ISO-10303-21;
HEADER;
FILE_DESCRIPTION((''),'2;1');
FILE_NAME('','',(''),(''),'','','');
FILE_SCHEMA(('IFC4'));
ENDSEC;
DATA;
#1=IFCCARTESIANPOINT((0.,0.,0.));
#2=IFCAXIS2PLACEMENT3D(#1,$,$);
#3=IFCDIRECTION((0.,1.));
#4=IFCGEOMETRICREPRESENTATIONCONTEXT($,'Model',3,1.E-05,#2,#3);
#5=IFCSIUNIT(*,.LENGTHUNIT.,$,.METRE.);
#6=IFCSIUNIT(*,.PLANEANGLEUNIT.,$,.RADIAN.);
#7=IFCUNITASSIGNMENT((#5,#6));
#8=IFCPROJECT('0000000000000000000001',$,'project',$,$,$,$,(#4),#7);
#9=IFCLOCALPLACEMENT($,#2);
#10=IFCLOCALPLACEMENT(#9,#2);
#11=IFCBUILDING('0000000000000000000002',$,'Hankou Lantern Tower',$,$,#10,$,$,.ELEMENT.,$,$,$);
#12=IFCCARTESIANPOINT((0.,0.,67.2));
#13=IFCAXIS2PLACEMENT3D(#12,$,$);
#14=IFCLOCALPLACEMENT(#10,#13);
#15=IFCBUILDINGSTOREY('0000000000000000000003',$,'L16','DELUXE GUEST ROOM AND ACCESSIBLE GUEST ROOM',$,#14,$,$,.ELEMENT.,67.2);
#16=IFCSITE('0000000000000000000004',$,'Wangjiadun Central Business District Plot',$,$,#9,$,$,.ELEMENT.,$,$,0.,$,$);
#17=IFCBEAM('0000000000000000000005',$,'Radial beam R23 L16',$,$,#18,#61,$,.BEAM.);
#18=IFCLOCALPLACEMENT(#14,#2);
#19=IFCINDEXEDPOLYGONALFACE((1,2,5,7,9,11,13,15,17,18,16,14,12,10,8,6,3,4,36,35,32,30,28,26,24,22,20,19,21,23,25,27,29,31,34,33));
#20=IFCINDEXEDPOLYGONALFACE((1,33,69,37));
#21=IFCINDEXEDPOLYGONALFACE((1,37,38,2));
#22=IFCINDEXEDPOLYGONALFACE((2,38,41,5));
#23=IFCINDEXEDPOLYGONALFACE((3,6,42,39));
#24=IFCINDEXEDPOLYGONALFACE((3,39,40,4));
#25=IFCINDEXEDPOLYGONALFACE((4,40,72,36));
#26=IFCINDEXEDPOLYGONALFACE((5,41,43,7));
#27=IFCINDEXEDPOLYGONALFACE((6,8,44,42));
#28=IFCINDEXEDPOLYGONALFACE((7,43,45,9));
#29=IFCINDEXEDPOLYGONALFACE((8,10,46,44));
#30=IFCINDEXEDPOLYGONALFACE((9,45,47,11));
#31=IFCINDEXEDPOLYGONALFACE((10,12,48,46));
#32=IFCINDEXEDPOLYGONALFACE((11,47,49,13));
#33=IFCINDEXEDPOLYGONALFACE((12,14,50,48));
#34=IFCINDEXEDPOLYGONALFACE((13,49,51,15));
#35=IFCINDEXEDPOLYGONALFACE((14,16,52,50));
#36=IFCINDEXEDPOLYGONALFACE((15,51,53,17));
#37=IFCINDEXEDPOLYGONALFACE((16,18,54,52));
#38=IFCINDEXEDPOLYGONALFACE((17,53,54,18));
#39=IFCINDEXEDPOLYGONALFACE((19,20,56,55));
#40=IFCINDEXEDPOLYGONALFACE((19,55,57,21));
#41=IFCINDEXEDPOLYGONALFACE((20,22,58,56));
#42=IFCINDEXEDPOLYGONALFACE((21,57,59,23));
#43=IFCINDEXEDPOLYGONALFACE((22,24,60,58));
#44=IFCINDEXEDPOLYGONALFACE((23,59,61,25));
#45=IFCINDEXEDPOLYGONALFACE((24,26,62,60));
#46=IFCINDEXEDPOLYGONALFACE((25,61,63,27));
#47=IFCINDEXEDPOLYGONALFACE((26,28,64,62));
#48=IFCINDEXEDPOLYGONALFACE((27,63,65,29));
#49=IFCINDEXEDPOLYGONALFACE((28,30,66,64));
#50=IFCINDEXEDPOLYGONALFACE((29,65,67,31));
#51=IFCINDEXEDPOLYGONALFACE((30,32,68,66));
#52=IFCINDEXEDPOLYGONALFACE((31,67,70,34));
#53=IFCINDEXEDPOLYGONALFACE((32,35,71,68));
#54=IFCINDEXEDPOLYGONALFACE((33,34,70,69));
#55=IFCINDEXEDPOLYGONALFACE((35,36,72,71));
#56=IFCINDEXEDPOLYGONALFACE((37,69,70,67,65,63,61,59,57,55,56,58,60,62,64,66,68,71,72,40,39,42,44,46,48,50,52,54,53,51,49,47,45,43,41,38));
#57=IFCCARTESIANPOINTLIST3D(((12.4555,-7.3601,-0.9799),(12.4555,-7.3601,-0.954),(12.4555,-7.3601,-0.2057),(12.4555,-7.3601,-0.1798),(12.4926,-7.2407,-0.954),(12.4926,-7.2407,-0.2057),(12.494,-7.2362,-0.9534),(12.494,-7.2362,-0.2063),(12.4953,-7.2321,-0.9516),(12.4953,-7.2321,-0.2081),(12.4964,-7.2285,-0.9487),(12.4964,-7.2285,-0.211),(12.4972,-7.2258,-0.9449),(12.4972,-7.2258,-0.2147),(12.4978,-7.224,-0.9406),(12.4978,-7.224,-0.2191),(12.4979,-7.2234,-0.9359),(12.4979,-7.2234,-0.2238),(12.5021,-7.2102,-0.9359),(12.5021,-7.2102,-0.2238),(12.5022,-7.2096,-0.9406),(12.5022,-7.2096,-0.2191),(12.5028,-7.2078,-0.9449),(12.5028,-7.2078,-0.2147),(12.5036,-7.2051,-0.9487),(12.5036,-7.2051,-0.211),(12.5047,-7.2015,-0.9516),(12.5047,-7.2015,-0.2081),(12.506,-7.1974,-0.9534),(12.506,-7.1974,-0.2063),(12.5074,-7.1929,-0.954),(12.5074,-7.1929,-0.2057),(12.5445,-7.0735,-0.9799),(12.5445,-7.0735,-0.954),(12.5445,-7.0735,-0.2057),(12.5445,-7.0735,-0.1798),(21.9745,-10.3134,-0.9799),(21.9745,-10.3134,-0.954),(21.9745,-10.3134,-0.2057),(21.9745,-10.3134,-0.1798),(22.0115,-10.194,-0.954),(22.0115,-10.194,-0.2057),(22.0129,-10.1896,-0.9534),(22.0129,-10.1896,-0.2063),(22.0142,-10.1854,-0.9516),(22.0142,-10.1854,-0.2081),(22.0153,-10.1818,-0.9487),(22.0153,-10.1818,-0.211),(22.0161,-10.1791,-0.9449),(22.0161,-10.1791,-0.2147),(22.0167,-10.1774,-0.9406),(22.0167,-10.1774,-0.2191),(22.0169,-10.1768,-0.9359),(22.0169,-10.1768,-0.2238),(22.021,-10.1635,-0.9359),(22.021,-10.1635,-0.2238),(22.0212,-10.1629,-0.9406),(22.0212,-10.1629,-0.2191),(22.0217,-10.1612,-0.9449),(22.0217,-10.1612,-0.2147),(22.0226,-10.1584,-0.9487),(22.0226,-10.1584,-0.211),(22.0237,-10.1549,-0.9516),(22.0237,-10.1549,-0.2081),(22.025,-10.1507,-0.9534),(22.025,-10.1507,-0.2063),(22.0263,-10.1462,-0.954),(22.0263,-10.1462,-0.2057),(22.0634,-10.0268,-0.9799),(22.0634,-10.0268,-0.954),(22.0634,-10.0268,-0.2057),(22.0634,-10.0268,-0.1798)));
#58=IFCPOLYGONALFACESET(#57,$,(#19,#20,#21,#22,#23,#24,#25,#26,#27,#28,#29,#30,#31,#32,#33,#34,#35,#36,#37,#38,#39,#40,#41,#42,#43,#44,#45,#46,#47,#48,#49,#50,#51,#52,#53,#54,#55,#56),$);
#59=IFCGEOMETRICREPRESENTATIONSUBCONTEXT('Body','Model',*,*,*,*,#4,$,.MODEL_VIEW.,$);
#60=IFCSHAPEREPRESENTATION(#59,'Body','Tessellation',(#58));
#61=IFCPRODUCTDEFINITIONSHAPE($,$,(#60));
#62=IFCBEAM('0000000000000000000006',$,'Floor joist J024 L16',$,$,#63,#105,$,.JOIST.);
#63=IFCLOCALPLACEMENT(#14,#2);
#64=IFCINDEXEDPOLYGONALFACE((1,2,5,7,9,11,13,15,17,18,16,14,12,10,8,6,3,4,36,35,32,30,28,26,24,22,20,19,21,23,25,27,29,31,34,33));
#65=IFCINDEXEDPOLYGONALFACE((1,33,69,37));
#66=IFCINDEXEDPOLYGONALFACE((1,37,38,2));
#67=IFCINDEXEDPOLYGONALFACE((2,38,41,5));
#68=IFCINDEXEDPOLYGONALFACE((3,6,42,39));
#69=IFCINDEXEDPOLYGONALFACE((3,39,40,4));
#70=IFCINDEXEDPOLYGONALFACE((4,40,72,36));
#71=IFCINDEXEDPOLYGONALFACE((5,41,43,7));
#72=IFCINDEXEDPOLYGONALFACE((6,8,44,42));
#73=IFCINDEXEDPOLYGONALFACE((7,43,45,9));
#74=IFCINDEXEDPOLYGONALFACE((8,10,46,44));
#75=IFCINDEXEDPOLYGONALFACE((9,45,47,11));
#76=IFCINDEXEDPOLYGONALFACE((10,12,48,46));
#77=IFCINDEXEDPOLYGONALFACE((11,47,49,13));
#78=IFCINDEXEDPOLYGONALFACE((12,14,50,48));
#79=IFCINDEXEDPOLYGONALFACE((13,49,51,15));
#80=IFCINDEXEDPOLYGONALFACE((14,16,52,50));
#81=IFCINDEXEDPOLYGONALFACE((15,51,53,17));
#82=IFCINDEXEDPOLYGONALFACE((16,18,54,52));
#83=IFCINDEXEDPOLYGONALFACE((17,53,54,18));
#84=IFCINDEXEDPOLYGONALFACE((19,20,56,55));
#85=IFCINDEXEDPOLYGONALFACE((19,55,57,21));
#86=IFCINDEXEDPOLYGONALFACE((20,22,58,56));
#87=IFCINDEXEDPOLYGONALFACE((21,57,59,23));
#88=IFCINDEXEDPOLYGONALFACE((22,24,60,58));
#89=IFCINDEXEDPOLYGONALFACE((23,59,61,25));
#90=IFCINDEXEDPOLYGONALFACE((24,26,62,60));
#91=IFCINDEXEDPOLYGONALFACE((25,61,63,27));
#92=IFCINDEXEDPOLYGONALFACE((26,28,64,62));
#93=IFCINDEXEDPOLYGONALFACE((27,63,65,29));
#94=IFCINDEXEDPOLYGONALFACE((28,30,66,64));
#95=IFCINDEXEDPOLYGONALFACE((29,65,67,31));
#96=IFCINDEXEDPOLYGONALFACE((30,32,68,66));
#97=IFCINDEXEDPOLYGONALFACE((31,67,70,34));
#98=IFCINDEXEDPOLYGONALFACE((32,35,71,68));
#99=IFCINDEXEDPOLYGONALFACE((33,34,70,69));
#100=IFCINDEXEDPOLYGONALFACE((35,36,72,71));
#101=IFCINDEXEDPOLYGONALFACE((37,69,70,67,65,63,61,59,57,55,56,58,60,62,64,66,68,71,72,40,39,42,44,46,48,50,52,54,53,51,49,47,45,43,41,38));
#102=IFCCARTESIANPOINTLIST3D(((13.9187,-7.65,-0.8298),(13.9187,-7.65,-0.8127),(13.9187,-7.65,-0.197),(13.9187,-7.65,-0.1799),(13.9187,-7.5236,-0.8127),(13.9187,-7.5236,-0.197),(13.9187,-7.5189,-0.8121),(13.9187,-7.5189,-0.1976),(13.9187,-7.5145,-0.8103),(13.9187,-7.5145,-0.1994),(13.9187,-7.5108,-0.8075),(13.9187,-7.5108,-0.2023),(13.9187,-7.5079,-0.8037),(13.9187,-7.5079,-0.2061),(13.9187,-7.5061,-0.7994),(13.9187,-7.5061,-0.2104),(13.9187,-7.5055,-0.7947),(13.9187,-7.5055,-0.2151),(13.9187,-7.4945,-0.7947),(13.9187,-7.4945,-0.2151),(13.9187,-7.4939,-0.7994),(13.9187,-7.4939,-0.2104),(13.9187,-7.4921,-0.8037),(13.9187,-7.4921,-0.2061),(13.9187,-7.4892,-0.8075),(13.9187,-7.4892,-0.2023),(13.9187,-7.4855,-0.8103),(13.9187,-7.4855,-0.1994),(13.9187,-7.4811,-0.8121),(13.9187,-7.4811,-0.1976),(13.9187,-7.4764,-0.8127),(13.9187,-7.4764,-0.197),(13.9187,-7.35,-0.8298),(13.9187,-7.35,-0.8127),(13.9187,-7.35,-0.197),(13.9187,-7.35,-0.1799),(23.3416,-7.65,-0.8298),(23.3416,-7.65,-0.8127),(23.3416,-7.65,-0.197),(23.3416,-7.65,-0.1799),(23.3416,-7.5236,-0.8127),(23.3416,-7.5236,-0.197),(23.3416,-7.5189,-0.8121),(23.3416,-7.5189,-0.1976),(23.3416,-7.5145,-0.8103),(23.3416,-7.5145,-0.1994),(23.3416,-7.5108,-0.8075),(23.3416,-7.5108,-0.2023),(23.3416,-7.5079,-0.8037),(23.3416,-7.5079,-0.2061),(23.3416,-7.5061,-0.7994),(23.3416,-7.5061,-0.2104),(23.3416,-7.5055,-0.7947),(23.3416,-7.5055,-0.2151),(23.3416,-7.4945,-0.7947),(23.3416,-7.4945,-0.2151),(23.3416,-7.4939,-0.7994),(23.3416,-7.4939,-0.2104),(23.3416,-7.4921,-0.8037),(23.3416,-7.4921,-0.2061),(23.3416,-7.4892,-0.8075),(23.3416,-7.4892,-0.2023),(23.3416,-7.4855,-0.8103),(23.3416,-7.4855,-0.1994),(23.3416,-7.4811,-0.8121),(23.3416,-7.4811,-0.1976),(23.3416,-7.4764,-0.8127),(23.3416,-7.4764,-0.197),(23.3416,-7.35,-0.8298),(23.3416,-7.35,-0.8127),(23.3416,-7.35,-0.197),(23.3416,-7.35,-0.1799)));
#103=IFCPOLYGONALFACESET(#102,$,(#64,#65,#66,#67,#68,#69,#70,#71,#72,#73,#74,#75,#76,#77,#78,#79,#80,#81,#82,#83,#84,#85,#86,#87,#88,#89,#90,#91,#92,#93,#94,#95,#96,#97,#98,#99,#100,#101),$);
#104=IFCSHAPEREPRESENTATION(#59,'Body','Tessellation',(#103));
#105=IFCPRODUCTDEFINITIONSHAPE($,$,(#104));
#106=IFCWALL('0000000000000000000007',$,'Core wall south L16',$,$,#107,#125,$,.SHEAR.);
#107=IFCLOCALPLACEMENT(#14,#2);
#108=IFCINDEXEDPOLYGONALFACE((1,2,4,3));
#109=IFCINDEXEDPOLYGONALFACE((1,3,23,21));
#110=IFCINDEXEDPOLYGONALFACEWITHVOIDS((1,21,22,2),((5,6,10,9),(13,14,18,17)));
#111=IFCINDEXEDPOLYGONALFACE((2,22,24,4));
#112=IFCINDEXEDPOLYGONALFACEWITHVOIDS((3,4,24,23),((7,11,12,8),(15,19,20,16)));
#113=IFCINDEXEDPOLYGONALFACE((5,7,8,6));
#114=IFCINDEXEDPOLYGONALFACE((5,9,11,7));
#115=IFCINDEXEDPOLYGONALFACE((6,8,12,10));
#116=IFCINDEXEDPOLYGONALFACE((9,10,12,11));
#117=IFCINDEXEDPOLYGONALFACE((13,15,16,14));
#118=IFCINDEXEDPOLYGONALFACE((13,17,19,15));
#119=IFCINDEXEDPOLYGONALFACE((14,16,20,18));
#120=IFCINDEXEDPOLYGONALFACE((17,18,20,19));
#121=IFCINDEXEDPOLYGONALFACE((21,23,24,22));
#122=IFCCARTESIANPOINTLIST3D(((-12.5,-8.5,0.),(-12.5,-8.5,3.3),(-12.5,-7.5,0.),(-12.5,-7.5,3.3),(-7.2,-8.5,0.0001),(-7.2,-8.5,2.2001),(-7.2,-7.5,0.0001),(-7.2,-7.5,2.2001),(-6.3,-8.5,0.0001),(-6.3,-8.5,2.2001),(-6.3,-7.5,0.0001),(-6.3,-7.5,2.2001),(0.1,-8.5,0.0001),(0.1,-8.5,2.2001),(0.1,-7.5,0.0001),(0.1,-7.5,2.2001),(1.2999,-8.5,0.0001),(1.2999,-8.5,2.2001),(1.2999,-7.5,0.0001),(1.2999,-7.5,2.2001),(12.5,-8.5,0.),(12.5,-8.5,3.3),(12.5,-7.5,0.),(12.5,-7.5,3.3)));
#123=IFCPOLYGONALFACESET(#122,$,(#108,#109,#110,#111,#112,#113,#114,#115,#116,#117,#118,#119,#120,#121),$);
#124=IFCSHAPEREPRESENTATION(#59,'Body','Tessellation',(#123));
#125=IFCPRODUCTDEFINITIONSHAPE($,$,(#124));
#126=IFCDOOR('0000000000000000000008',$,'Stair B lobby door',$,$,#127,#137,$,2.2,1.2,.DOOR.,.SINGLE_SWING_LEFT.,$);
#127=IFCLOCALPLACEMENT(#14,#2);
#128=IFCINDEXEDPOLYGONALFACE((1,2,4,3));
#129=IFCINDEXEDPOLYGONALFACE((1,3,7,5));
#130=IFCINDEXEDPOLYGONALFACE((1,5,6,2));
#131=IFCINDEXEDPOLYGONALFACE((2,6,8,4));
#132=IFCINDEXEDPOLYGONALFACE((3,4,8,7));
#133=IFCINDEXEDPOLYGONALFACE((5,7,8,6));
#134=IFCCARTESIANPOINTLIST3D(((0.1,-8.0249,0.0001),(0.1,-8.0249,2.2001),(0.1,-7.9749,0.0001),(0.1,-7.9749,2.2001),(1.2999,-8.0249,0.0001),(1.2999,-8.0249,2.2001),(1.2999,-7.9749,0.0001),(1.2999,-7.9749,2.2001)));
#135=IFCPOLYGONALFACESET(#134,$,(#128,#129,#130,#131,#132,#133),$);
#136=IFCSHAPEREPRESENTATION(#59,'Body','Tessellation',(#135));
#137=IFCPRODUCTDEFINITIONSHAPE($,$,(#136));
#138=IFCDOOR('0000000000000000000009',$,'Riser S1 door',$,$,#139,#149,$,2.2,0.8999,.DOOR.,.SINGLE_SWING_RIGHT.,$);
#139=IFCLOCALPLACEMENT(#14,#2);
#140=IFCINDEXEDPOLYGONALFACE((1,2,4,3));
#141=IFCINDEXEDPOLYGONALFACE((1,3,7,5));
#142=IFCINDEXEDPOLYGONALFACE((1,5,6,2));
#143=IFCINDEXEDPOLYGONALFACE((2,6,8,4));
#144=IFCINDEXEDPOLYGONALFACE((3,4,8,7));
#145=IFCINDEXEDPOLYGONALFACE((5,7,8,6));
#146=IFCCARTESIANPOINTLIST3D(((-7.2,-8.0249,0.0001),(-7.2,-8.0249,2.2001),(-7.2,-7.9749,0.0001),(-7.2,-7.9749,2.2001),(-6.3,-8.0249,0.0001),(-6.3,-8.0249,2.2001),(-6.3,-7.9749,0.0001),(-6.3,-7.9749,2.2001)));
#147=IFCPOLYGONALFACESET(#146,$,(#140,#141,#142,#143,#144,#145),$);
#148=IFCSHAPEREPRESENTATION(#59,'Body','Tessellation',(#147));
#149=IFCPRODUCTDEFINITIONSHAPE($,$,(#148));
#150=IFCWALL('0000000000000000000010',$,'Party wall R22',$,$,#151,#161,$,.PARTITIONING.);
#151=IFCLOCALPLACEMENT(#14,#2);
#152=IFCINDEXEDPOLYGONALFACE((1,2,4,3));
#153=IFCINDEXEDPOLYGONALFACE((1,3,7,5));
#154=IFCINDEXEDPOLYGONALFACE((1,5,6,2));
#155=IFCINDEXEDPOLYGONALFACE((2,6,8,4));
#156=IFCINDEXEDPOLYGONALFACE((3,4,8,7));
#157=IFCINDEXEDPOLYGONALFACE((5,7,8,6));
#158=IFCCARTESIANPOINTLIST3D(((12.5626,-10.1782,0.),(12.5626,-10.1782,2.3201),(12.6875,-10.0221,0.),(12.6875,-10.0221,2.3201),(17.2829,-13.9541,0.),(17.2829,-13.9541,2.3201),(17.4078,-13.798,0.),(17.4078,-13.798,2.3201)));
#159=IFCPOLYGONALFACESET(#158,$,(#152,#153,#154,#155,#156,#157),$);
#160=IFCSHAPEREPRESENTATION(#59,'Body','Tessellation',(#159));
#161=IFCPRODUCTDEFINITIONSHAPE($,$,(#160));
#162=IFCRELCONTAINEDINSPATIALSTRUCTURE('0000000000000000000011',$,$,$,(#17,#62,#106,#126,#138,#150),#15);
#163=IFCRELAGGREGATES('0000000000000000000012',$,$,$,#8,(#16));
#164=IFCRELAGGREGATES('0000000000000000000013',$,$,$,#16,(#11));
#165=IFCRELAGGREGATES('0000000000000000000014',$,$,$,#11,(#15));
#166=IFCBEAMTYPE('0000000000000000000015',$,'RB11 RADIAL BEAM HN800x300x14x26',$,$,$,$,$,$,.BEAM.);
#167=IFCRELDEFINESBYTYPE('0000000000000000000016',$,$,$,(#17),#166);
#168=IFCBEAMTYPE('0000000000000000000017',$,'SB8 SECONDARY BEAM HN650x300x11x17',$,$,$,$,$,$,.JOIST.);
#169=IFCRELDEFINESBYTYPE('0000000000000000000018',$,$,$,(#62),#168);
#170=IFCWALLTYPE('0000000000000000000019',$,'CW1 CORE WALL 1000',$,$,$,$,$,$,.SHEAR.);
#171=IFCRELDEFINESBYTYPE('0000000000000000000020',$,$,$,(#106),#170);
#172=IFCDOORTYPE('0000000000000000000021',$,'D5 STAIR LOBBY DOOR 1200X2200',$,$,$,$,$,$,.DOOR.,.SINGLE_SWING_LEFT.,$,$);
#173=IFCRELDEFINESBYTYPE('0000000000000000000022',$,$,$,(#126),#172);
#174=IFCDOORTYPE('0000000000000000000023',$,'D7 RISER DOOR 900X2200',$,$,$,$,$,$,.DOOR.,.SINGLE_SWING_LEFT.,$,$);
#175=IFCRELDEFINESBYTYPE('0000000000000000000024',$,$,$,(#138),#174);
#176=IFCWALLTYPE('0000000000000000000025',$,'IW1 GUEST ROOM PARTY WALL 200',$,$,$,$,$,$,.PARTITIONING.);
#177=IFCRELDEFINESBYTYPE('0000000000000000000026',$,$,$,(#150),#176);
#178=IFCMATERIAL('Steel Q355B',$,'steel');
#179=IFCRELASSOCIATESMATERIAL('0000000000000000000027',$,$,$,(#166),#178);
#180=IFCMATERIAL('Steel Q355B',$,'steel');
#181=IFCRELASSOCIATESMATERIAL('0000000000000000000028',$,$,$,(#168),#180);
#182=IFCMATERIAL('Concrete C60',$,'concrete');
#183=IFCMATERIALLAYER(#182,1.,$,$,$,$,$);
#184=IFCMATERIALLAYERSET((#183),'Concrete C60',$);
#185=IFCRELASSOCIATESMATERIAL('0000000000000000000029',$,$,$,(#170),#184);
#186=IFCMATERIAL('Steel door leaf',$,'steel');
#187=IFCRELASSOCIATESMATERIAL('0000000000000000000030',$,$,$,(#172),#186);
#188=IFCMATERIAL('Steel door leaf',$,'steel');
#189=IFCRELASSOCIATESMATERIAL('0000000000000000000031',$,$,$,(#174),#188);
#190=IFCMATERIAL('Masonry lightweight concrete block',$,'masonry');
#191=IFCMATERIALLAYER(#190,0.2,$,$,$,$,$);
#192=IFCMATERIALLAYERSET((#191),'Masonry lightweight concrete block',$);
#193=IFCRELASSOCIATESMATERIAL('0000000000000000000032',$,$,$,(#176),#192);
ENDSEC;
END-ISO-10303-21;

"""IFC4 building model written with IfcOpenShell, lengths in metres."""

from ifc_helpers import new_model, si_unit, direction, frame, frame_2d, origin, origin_2d, place, context, subcontext, project, spatial, rectangle, i_section, extrude, material, layer, layer_set, material_profile, profile_set, type_object, element, fill, save


model = new_model("IFC4")

# Units and contexts
model_context = context("Model", 3, precision=1e-05, world=origin(), true_north=direction((0.0, 1.0)))
body_context = subcontext(model_context, "Body", "Model", "MODEL_VIEW")
ifc_project = project(units=[si_unit("LENGTHUNIT", "METRE"), si_unit("PLANEANGLEUNIT", "RADIAN")], contexts=[model_context])

# Site, building, storey
site_placement = place(None, origin())
site = spatial("IfcSite", under=ifc_project, at=site_placement, Name="Wangjiadun Central Business District Plot", CompositionType="ELEMENT", RefElevation=0.0)
building_placement = place(site_placement, origin())
building = spatial("IfcBuilding", under=site, at=building_placement, Name="Hankou Lantern Tower", CompositionType="ELEMENT")
storey_placement = place(building_placement, frame((0.0, 0.0, 67.2)))
storey = spatial("IfcBuildingStorey", under=building, at=storey_placement, Name="L16", Description="DELUXE GUEST ROOM AND ACCESSIBLE GUEST ROOM", CompositionType="ELEMENT", Elevation=67.2)

# Beams
ifc_material_1 = material(Name="Steel Q355B", Category="steel")
ifc_material_profile_1 = material_profile(ifc_material_1, i_section(OverallWidth=0.3, OverallDepth=0.8, WebThickness=0.0139, FlangeThickness=0.0259, FilletRadius=0.0181, at=origin_2d()), Name="HN800x300x14x26")
ifc_profile_set_1 = profile_set([ifc_material_profile_1], Name="Steel Q355B")
beam_type_1 = type_object("IfcBeamType", Name="RB11 RADIAL BEAM HN800x300x14x26", PredefinedType="BEAM", material=ifc_profile_set_1)
beam_1_placement = place(storey_placement, frame((12.5, -7.2168, -0.5798), z_axis=(0.955087, -0.296324, 0.0), x_axis=(0.296324, 0.955087, 0.0)))
element("IfcBeam", 1, at=beam_1_placement, inside=storey, type_object=beam_type_1, Name="Radial beam R23 L16", PredefinedType="BEAM", context=body_context, shape_type="SweptSolid", body=[
    extrude(i_section(OverallWidth=0.3, OverallDepth=0.8, WebThickness=0.0139, FlangeThickness=0.0259, FilletRadius=0.0181, at=origin_2d()), origin(), (0.0, 0.0, 1.0), 9.9666),
])
ifc_material_2 = material(Name="Steel Q355B", Category="steel")
ifc_material_profile_2 = material_profile(ifc_material_2, i_section(OverallWidth=0.3, OverallDepth=0.6499, WebThickness=0.011, FlangeThickness=0.0171, FilletRadius=0.0181, at=origin_2d()), Name="HN650x300x11x17")
ifc_profile_set_2 = profile_set([ifc_material_profile_2], Name="Steel Q355B")
beam_type_2 = type_object("IfcBeamType", Name="SB8 SECONDARY BEAM HN650x300x11x17", PredefinedType="JOIST", material=ifc_profile_set_2)
beam_2_placement = place(storey_placement, frame((13.9187, -7.5, -0.5049), z_axis=(1.0, 0.0, 0.0), x_axis=(0.0, 1.0, 0.0)))
element("IfcBeam", 2, at=beam_2_placement, inside=storey, type_object=beam_type_2, Name="Floor joist J024 L16", PredefinedType="JOIST", context=body_context, shape_type="SweptSolid", body=[
    extrude(i_section(OverallWidth=0.3, OverallDepth=0.6499, WebThickness=0.011, FlangeThickness=0.0171, FilletRadius=0.0181, at=origin_2d()), origin(), (0.0, 0.0, 1.0), 9.4229),
])

# Wall, openings, doors
ifc_material_3 = material(Name="Concrete C60", Category="concrete")
ifc_layer_1 = layer(ifc_material_3, 1.0)
ifc_layer_set_1 = layer_set([ifc_layer_1], Name="Concrete C60")
wall_type_1 = type_object("IfcWallType", Name="CW1 CORE WALL 1000", PredefinedType="SHEAR", material=ifc_layer_set_1)
wall_1_placement = place(storey_placement, frame((12.5, -8.0, 0.0), z_axis=(0.0, 0.0, 1.0), x_axis=(-1.0, 0.0, 0.0)))
wall_1 = element("IfcWall", 3, at=wall_1_placement, inside=storey, type_object=wall_type_1, Name="Core wall south L16", PredefinedType="SHEAR", context=body_context, shape_type="SweptSolid", body=[
    extrude(rectangle(XDim=25.0, YDim=1.0, at=frame_2d((12.5, 0.0))), origin(), (0.0, 0.0, 1.0), 3.3),
])
opening_1_placement = place(wall_1_placement, frame((11.2, 0.0, 0.0)))
opening_1 = element("IfcOpeningElement", 4, at=opening_1_placement, cuts=wall_1, PredefinedType="OPENING", context=body_context, shape_type="SweptSolid", body=[
    extrude(rectangle(XDim=1.2, YDim=2.2, at=frame_2d((0.6001, 1.1001))), frame((0.0, 0.51, 0.0), z_axis=(0.0, -1.0, 0.0), x_axis=(1.0, 0.0, 0.0)), (0.0, 0.0, 1.0), 1.02),
])
opening_2_placement = place(wall_1_placement, frame((18.8, 0.0, 0.0)))
opening_2 = element("IfcOpeningElement", 5, at=opening_2_placement, cuts=wall_1, PredefinedType="OPENING", context=body_context, shape_type="SweptSolid", body=[
    extrude(rectangle(XDim=0.8999, YDim=2.2, at=frame_2d((0.45, 1.1001))), frame((0.0, 0.51, 0.0), z_axis=(0.0, -1.0, 0.0), x_axis=(1.0, 0.0, 0.0)), (0.0, 0.0, 1.0), 1.02),
])
ifc_material_4 = material(Name="Steel door leaf", Category="steel")
door_type_1 = type_object("IfcDoorType", Name="D5 STAIR LOBBY DOOR 1200X2200", OperationType="SINGLE_SWING_LEFT", PredefinedType="DOOR", material=ifc_material_4)
door_1_placement = place(opening_1_placement, origin())
door_1 = element("IfcDoor", 6, at=door_1_placement, inside=storey, type_object=door_type_1, Name="Stair B lobby door", OperationType="SINGLE_SWING_LEFT", OverallHeight=2.2, OverallWidth=1.2, PredefinedType="DOOR", context=body_context, shape_type="SweptSolid", body=[
    extrude(rectangle(XDim=1.2, YDim=2.2, at=frame_2d((0.6001, 1.1001))), frame((0.0, 0.0249, 0.0), z_axis=(0.0, -1.0, 0.0), x_axis=(1.0, 0.0, 0.0)), (0.0, 0.0, 1.0), 0.05),
])
fill(opening_1, door_1)
ifc_material_5 = material(Name="Steel door leaf", Category="steel")
door_type_2 = type_object("IfcDoorType", Name="D7 RISER DOOR 900X2200", OperationType="SINGLE_SWING_LEFT", PredefinedType="DOOR", material=ifc_material_5)
door_2_placement = place(opening_2_placement, origin())
door_2 = element("IfcDoor", 7, at=door_2_placement, inside=storey, type_object=door_type_2, Name="Riser S1 door", OperationType="SINGLE_SWING_RIGHT", OverallHeight=2.2, OverallWidth=0.8999, PredefinedType="DOOR", context=body_context, shape_type="SweptSolid", body=[
    extrude(rectangle(XDim=0.8999, YDim=2.2, at=frame_2d((0.45, 1.1001))), frame((0.0, 0.0249, 0.0), z_axis=(0.0, -1.0, 0.0), x_axis=(1.0, 0.0, 0.0)), (0.0, 0.0, 1.0), 0.05),
])
fill(opening_2, door_2)

# Wall
ifc_material_6 = material(Name="Masonry lightweight concrete block", Category="masonry")
ifc_layer_2 = layer(ifc_material_6, 0.2)
ifc_layer_set_2 = layer_set([ifc_layer_2], Name="Masonry lightweight concrete block")
wall_type_2 = type_object("IfcWallType", Name="IW1 GUEST ROOM PARTY WALL 200", PredefinedType="PARTITIONING", material=ifc_layer_set_2)
wall_2_placement = place(storey_placement, frame((12.625, -10.1001, 0.0), z_axis=(0.0, 0.0, 1.0), x_axis=(0.780892, -0.624665, 0.0)))
element("IfcWall", 8, at=wall_2_placement, inside=storey, type_object=wall_type_2, Name="Party wall R22", PredefinedType="PARTITIONING", context=body_context, shape_type="SweptSolid", body=[
    extrude(rectangle(XDim=6.0447, YDim=0.2, at=frame_2d((3.0225, 0.0))), origin(), (0.0, 0.0, 1.0), 2.3201),
])

save(model, "model.ifc")
